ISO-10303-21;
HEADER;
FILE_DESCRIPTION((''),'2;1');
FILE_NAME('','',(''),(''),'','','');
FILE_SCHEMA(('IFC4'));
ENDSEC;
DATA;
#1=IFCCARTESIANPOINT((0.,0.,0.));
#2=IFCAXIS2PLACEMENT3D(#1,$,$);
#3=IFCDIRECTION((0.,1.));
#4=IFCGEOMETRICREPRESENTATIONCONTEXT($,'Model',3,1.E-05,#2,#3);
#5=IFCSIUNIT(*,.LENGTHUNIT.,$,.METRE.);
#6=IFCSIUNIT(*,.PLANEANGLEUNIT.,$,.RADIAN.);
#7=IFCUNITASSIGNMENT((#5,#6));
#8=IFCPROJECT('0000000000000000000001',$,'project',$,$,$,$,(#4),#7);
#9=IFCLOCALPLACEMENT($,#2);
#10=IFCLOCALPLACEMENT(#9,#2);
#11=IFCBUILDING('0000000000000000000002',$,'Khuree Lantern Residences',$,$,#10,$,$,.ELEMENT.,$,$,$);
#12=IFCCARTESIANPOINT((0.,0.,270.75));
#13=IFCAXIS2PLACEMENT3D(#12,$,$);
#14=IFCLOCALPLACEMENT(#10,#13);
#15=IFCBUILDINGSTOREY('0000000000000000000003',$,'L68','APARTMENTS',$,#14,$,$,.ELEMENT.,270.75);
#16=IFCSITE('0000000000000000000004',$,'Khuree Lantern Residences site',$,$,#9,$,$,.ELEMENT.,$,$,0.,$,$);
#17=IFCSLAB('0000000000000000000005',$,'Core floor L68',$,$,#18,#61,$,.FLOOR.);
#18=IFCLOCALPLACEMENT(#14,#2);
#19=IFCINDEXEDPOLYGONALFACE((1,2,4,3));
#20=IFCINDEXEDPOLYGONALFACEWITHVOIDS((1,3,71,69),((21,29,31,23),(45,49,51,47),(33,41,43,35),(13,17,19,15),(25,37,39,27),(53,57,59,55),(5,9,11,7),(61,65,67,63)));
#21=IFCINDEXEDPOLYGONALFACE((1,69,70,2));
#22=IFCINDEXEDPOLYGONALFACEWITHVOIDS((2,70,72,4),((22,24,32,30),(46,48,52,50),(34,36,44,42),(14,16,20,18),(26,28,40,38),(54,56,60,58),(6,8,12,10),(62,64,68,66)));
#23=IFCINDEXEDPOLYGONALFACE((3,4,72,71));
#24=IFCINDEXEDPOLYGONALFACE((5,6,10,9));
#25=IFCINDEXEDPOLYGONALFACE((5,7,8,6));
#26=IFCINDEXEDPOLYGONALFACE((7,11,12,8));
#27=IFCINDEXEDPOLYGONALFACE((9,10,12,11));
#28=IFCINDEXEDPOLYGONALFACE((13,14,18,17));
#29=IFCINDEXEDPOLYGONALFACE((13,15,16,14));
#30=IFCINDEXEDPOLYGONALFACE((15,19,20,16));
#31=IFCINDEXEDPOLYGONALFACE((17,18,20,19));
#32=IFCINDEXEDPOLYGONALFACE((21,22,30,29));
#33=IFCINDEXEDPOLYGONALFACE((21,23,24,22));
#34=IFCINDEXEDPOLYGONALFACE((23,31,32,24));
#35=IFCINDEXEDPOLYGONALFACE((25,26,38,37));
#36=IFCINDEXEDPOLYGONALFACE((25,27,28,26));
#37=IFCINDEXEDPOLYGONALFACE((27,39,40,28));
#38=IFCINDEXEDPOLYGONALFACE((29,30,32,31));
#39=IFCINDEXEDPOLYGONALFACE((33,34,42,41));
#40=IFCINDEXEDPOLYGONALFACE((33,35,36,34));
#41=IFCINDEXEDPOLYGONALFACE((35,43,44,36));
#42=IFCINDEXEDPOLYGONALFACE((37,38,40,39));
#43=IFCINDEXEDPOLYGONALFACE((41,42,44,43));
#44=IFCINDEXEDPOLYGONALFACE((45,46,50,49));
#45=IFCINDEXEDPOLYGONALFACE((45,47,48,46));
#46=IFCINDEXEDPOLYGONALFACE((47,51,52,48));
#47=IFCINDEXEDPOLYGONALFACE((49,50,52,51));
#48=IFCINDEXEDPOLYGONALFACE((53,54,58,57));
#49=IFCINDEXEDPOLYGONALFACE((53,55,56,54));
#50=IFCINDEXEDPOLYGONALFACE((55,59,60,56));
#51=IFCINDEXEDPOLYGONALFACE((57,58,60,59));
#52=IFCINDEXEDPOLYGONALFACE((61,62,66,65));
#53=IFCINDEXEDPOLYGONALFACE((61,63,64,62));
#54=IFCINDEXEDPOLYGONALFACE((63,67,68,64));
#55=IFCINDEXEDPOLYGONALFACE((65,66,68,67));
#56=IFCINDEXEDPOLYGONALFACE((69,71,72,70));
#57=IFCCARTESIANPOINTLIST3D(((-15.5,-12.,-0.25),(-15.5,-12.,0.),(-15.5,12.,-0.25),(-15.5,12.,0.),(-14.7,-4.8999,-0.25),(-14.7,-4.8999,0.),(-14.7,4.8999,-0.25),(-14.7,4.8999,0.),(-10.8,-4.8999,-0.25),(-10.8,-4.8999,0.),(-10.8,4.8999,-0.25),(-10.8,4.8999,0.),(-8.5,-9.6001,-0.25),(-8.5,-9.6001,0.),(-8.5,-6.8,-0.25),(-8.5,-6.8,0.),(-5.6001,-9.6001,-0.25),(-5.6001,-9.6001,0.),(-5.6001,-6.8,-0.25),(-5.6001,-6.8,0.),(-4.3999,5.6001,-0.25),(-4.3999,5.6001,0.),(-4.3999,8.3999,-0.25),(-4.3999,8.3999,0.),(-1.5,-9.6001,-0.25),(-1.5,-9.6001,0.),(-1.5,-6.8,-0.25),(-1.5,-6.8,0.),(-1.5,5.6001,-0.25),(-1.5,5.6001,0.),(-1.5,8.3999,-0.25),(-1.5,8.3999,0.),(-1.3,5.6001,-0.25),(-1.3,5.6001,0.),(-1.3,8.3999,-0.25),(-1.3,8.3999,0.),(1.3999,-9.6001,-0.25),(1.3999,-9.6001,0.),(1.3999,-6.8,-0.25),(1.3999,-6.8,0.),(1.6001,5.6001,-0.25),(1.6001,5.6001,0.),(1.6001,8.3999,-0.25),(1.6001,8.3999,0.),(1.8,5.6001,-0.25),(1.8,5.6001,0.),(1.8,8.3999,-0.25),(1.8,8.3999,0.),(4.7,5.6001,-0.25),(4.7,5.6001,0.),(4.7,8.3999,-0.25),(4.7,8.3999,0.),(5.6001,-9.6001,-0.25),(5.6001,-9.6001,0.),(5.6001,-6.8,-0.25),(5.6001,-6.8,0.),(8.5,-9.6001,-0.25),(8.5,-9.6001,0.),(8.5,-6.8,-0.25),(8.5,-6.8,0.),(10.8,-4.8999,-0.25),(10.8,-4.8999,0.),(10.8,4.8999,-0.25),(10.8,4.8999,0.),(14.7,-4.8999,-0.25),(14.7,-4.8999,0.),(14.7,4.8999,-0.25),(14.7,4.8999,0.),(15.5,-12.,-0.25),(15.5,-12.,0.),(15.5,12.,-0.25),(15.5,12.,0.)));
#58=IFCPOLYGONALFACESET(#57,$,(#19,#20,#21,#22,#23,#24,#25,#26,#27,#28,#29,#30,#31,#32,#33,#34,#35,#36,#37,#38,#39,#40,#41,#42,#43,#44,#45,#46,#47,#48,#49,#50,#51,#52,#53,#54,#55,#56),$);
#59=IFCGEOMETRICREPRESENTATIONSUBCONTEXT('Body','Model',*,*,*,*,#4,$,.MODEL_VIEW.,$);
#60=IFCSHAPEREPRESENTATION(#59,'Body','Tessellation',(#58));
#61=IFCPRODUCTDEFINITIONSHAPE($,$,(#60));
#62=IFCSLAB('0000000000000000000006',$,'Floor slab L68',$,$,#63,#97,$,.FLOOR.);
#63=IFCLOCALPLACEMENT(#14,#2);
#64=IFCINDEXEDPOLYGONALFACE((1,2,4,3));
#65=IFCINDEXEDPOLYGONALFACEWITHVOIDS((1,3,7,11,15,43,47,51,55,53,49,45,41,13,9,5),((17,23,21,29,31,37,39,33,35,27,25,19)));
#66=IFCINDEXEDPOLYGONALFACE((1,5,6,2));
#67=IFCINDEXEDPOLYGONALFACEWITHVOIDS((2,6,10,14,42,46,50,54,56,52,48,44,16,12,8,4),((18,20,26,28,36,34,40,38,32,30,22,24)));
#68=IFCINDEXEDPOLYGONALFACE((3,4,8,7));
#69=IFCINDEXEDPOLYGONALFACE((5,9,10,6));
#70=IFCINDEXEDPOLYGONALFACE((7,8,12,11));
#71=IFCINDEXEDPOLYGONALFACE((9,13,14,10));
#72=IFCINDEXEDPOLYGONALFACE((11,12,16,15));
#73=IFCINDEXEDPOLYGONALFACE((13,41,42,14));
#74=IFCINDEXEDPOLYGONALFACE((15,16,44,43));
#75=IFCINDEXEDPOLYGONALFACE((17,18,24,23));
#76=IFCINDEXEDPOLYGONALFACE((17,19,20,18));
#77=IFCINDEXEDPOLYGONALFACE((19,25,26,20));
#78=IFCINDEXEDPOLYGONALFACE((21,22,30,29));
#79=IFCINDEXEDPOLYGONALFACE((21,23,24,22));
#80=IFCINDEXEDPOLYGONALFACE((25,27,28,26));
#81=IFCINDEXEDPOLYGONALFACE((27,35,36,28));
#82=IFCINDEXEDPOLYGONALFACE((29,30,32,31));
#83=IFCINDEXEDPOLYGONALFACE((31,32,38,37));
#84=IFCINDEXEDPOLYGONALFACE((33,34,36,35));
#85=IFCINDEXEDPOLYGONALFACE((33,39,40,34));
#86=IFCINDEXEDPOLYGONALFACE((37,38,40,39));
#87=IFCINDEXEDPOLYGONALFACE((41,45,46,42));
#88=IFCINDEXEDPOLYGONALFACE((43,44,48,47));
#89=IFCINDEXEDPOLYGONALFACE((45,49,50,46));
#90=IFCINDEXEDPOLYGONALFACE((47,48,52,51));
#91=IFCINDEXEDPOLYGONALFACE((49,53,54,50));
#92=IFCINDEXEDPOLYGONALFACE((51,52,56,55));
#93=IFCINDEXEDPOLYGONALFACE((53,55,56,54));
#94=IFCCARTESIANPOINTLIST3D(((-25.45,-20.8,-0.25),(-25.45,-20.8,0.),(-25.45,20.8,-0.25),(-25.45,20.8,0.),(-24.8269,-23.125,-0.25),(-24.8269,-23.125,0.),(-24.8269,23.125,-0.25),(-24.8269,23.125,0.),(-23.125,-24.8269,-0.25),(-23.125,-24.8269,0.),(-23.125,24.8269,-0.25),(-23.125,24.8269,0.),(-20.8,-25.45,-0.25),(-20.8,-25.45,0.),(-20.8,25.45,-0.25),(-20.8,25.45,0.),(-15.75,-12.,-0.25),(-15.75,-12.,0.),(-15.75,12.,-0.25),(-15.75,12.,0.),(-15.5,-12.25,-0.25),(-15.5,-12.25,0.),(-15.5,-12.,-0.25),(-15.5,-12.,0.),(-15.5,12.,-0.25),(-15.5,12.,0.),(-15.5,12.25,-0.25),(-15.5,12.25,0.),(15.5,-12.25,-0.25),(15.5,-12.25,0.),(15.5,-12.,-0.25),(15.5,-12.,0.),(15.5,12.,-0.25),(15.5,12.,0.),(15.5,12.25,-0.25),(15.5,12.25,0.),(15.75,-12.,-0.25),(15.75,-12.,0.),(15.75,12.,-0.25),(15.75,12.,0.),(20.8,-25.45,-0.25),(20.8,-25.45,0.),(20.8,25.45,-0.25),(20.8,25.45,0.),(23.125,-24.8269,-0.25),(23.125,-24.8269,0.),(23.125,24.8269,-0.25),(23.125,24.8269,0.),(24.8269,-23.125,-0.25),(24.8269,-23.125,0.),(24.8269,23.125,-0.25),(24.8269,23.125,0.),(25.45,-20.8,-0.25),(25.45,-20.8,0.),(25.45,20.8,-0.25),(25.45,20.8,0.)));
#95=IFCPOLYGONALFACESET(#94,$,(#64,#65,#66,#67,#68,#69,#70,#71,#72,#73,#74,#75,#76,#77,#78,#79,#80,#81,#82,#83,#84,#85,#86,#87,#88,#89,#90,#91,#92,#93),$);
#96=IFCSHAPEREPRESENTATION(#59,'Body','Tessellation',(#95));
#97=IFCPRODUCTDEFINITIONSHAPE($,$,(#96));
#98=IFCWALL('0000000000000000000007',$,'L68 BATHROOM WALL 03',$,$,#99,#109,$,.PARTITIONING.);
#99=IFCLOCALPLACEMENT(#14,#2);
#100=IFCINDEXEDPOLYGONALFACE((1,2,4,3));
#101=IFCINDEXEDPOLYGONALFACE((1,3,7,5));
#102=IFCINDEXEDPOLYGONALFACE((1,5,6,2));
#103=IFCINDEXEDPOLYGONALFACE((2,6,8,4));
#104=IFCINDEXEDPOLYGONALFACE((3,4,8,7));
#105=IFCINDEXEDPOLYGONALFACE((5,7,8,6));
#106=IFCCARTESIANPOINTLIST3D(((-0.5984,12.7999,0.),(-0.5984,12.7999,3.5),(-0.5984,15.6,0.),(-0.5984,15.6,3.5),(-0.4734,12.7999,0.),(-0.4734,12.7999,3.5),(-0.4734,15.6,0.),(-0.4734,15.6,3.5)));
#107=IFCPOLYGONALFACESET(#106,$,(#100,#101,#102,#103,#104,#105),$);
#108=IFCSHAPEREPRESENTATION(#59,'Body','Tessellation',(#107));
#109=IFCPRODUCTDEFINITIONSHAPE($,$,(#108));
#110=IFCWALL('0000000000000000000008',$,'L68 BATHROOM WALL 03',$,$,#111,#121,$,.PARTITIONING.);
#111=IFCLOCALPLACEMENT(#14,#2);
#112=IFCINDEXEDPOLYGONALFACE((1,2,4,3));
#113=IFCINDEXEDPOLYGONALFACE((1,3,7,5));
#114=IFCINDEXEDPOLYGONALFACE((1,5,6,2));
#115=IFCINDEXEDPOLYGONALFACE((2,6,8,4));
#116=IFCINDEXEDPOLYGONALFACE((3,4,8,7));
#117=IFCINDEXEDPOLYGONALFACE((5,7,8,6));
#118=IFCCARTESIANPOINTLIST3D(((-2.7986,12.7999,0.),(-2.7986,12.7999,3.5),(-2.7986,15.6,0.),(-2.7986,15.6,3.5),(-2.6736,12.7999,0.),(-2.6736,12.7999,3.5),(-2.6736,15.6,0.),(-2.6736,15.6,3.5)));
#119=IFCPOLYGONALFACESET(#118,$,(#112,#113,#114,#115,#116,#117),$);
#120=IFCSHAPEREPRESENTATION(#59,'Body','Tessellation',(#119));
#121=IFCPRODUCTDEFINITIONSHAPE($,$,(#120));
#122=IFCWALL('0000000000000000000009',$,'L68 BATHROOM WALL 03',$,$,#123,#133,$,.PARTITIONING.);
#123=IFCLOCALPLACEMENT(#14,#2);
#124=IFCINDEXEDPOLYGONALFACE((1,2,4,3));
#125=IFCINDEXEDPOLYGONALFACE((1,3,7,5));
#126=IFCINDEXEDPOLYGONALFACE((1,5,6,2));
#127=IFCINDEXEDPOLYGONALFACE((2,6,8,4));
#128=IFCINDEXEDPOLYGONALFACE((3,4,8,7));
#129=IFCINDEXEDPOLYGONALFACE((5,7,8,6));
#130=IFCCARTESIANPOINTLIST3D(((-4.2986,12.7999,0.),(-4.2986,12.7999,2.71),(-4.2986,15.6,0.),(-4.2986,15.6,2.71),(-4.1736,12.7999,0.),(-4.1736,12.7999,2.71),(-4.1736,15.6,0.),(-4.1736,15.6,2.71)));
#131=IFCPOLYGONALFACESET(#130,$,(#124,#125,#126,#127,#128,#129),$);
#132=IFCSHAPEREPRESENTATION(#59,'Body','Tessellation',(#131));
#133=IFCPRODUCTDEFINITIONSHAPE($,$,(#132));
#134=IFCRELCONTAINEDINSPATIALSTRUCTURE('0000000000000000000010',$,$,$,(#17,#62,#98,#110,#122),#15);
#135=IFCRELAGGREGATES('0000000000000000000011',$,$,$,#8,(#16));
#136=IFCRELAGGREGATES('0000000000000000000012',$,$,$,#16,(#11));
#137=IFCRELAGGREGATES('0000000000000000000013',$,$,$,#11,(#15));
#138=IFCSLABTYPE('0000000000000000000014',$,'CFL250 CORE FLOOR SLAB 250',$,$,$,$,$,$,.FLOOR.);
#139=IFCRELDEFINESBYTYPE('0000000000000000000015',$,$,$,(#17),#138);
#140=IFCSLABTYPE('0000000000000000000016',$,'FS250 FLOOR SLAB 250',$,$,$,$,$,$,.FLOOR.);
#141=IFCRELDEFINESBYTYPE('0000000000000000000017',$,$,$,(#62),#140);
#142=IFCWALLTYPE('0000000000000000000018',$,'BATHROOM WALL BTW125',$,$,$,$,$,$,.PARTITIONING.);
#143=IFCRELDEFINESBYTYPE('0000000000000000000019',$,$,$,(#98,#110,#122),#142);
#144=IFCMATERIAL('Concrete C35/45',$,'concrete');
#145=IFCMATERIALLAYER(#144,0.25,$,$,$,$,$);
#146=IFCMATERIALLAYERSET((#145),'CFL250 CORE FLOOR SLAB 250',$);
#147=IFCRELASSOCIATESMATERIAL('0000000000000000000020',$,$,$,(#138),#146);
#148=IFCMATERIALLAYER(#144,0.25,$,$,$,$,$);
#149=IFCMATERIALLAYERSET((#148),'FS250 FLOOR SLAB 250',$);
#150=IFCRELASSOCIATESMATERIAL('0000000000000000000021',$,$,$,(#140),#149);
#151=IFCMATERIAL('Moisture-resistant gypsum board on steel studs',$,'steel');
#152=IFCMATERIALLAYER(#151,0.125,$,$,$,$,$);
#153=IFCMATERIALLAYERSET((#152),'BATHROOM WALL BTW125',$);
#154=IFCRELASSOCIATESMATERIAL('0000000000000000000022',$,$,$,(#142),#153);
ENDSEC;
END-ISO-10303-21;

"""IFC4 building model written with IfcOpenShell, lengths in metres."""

from ifc_helpers import new_model, si_unit, direction, frame, frame_2d, origin, place, context, subcontext, project, spatial, polyline, rectangle, outline, extrude, material, layer, layer_set, type_object, element, save


model = new_model("IFC4")

# Units and contexts
model_context = context("Model", 3, precision=1e-05, world=origin(), true_north=direction((0.0, 1.0)))
body_context = subcontext(model_context, "Body", "Model", "MODEL_VIEW")
ifc_project = project(units=[si_unit("LENGTHUNIT", "METRE"), si_unit("PLANEANGLEUNIT", "RADIAN")], contexts=[model_context])

# Site, building, storey
site_placement = place(None, origin())
site = spatial("IfcSite", under=ifc_project, at=site_placement, Name="Khuree Lantern Residences site", CompositionType="ELEMENT", RefElevation=0.0)
building_placement = place(site_placement, origin())
building = spatial("IfcBuilding", under=site, at=building_placement, Name="Khuree Lantern Residences", CompositionType="ELEMENT")
storey_placement = place(building_placement, frame((0.0, 0.0, 270.75)))
storey = spatial("IfcBuildingStorey", under=building, at=storey_placement, Name="L68", Description="APARTMENTS", CompositionType="ELEMENT", Elevation=270.75)

# Slabs
ifc_material_1 = material(Name="Concrete C35/45", Category="concrete")
ifc_layer_1 = layer(ifc_material_1, 0.25)
ifc_layer_set_1 = layer_set([ifc_layer_1], Name="CFL250 CORE FLOOR SLAB 250")
slab_type_1 = type_object("IfcSlabType", Name="CFL250 CORE FLOOR SLAB 250", PredefinedType="FLOOR", material=ifc_layer_set_1)
slab_1_placement = place(storey_placement, frame((0.0, 0.0, -0.25)))
element("IfcSlab", 1, at=slab_1_placement, inside=storey, type_object=slab_type_1, Name="Core floor L68", PredefinedType="FLOOR", context=body_context, shape_type="SweptSolid", body=[
    extrude(outline(polyline([(-15.5, -12.0), (-15.5, 12.0), (15.5, 12.0), (15.5, -12.0), (-15.5, -12.0)]), holes=[polyline([(10.8, 4.8999), (10.8, -4.8999), (14.7, -4.8999), (14.7, 4.8999), (10.8, 4.8999)]), polyline([(5.6001, -6.8), (5.6001, -9.6001), (8.5, -9.6001), (8.5, -6.8), (5.6001, -6.8)]), polyline([(1.8, 8.3999), (1.8, 5.6001), (4.7, 5.6001), (4.7, 8.3999), (1.8, 8.3999)]), polyline([(-1.3, 8.3999), (-1.3, 5.6001), (1.6001, 5.6001), (1.6001, 8.3999), (-1.3, 8.3999)]), polyline([(-1.5, -6.8), (-1.5, -9.6001), (1.3999, -9.6001), (1.3999, -6.8), (-1.5, -6.8)]), polyline([(-4.3999, 8.3999), (-4.3999, 5.6001), (-1.5, 5.6001), (-1.5, 8.3999), (-4.3999, 8.3999)]), polyline([(-8.5, -6.8), (-8.5, -9.6001), (-5.6001, -9.6001), (-5.6001, -6.8), (-8.5, -6.8)]), polyline([(-14.7, 4.8999), (-14.7, -4.8999), (-10.8, -4.8999), (-10.8, 4.8999), (-14.7, 4.8999)])]), origin(), (0.0, 0.0, 1.0), 0.25),
])
ifc_layer_2 = layer(ifc_material_1, 0.25)
ifc_layer_set_2 = layer_set([ifc_layer_2], Name="FS250 FLOOR SLAB 250")
slab_type_2 = type_object("IfcSlabType", Name="FS250 FLOOR SLAB 250", PredefinedType="FLOOR", material=ifc_layer_set_2)
slab_2_placement = place(storey_placement, frame((0.0, 0.0, -0.25)))
element("IfcSlab", 2, at=slab_2_placement, inside=storey, type_object=slab_type_2, Name="Floor slab L68", PredefinedType="FLOOR", context=body_context, shape_type="SweptSolid", body=[
    extrude(outline(polyline([(-23.125, -24.8269), (-24.8269, -23.125), (-25.45, -20.8), (-25.45, 20.8), (-24.8269, 23.125), (-23.125, 24.8269), (-20.8, 25.45), (20.8, 25.45), (23.125, 24.8269), (24.8269, 23.125), (25.45, 20.8), (25.45, -20.8), (24.8269, -23.125), (23.125, -24.8269), (20.8, -25.45), (-20.8, -25.45), (-23.125, -24.8269)]), holes=[polyline([(15.75, 12.0), (15.5, 12.0), (15.5, 12.25), (-15.5, 12.25), (-15.5, 12.0), (-15.75, 12.0), (-15.75, -12.0), (-15.5, -12.0), (-15.5, -12.25), (15.5, -12.25), (15.5, -12.0), (15.75, -12.0), (15.75, 12.0)])]), origin(), (0.0, 0.0, 1.0), 0.25),
])

# Walls
ifc_material_2 = material(Name="Moisture-resistant gypsum board on steel studs", Category="steel")
ifc_layer_3 = layer(ifc_material_2, 0.125)
ifc_layer_set_3 = layer_set([ifc_layer_3], Name="BATHROOM WALL BTW125")
wall_type_1 = type_object("IfcWallType", Name="BATHROOM WALL BTW125", PredefinedType="PARTITIONING", material=ifc_layer_set_3)
for number, where, z_axis, x_axis, name in (
    (3, (-0.5359, 12.8, 0.0), (0.0, 0.0, 1.0), (0.0, 1.0, 0.0), "L68 BATHROOM WALL 03"),
    (4, (-2.7361, 12.8, 0.0), (0.0, 0.0, 1.0), (0.0, 1.0, 0.0), "L68 BATHROOM WALL 03"),
):
    element("IfcWall", number, at=place(storey_placement, frame(where, z_axis=z_axis, x_axis=x_axis)), inside=storey, type_object=wall_type_1, Name=name, PredefinedType="PARTITIONING", context=body_context, shape_type="SweptSolid", body=[
        extrude(rectangle(XDim=2.8, YDim=0.125, at=frame_2d((1.3999, 0.0))), origin(), (0.0, 0.0, 1.0), 3.5),
    ])
wall_1_placement = place(storey_placement, frame((-4.2361, 12.8, 0.0), z_axis=(0.0, 0.0, 1.0), x_axis=(0.0, 1.0, 0.0)))
element("IfcWall", 5, at=wall_1_placement, inside=storey, type_object=wall_type_1, Name="L68 BATHROOM WALL 03", PredefinedType="PARTITIONING", context=body_context, shape_type="SweptSolid", body=[
    extrude(rectangle(XDim=2.8, YDim=0.125, at=frame_2d((1.3999, 0.0))), origin(), (0.0, 0.0, 1.0), 2.71),
])

save(model, "model.ifc")
